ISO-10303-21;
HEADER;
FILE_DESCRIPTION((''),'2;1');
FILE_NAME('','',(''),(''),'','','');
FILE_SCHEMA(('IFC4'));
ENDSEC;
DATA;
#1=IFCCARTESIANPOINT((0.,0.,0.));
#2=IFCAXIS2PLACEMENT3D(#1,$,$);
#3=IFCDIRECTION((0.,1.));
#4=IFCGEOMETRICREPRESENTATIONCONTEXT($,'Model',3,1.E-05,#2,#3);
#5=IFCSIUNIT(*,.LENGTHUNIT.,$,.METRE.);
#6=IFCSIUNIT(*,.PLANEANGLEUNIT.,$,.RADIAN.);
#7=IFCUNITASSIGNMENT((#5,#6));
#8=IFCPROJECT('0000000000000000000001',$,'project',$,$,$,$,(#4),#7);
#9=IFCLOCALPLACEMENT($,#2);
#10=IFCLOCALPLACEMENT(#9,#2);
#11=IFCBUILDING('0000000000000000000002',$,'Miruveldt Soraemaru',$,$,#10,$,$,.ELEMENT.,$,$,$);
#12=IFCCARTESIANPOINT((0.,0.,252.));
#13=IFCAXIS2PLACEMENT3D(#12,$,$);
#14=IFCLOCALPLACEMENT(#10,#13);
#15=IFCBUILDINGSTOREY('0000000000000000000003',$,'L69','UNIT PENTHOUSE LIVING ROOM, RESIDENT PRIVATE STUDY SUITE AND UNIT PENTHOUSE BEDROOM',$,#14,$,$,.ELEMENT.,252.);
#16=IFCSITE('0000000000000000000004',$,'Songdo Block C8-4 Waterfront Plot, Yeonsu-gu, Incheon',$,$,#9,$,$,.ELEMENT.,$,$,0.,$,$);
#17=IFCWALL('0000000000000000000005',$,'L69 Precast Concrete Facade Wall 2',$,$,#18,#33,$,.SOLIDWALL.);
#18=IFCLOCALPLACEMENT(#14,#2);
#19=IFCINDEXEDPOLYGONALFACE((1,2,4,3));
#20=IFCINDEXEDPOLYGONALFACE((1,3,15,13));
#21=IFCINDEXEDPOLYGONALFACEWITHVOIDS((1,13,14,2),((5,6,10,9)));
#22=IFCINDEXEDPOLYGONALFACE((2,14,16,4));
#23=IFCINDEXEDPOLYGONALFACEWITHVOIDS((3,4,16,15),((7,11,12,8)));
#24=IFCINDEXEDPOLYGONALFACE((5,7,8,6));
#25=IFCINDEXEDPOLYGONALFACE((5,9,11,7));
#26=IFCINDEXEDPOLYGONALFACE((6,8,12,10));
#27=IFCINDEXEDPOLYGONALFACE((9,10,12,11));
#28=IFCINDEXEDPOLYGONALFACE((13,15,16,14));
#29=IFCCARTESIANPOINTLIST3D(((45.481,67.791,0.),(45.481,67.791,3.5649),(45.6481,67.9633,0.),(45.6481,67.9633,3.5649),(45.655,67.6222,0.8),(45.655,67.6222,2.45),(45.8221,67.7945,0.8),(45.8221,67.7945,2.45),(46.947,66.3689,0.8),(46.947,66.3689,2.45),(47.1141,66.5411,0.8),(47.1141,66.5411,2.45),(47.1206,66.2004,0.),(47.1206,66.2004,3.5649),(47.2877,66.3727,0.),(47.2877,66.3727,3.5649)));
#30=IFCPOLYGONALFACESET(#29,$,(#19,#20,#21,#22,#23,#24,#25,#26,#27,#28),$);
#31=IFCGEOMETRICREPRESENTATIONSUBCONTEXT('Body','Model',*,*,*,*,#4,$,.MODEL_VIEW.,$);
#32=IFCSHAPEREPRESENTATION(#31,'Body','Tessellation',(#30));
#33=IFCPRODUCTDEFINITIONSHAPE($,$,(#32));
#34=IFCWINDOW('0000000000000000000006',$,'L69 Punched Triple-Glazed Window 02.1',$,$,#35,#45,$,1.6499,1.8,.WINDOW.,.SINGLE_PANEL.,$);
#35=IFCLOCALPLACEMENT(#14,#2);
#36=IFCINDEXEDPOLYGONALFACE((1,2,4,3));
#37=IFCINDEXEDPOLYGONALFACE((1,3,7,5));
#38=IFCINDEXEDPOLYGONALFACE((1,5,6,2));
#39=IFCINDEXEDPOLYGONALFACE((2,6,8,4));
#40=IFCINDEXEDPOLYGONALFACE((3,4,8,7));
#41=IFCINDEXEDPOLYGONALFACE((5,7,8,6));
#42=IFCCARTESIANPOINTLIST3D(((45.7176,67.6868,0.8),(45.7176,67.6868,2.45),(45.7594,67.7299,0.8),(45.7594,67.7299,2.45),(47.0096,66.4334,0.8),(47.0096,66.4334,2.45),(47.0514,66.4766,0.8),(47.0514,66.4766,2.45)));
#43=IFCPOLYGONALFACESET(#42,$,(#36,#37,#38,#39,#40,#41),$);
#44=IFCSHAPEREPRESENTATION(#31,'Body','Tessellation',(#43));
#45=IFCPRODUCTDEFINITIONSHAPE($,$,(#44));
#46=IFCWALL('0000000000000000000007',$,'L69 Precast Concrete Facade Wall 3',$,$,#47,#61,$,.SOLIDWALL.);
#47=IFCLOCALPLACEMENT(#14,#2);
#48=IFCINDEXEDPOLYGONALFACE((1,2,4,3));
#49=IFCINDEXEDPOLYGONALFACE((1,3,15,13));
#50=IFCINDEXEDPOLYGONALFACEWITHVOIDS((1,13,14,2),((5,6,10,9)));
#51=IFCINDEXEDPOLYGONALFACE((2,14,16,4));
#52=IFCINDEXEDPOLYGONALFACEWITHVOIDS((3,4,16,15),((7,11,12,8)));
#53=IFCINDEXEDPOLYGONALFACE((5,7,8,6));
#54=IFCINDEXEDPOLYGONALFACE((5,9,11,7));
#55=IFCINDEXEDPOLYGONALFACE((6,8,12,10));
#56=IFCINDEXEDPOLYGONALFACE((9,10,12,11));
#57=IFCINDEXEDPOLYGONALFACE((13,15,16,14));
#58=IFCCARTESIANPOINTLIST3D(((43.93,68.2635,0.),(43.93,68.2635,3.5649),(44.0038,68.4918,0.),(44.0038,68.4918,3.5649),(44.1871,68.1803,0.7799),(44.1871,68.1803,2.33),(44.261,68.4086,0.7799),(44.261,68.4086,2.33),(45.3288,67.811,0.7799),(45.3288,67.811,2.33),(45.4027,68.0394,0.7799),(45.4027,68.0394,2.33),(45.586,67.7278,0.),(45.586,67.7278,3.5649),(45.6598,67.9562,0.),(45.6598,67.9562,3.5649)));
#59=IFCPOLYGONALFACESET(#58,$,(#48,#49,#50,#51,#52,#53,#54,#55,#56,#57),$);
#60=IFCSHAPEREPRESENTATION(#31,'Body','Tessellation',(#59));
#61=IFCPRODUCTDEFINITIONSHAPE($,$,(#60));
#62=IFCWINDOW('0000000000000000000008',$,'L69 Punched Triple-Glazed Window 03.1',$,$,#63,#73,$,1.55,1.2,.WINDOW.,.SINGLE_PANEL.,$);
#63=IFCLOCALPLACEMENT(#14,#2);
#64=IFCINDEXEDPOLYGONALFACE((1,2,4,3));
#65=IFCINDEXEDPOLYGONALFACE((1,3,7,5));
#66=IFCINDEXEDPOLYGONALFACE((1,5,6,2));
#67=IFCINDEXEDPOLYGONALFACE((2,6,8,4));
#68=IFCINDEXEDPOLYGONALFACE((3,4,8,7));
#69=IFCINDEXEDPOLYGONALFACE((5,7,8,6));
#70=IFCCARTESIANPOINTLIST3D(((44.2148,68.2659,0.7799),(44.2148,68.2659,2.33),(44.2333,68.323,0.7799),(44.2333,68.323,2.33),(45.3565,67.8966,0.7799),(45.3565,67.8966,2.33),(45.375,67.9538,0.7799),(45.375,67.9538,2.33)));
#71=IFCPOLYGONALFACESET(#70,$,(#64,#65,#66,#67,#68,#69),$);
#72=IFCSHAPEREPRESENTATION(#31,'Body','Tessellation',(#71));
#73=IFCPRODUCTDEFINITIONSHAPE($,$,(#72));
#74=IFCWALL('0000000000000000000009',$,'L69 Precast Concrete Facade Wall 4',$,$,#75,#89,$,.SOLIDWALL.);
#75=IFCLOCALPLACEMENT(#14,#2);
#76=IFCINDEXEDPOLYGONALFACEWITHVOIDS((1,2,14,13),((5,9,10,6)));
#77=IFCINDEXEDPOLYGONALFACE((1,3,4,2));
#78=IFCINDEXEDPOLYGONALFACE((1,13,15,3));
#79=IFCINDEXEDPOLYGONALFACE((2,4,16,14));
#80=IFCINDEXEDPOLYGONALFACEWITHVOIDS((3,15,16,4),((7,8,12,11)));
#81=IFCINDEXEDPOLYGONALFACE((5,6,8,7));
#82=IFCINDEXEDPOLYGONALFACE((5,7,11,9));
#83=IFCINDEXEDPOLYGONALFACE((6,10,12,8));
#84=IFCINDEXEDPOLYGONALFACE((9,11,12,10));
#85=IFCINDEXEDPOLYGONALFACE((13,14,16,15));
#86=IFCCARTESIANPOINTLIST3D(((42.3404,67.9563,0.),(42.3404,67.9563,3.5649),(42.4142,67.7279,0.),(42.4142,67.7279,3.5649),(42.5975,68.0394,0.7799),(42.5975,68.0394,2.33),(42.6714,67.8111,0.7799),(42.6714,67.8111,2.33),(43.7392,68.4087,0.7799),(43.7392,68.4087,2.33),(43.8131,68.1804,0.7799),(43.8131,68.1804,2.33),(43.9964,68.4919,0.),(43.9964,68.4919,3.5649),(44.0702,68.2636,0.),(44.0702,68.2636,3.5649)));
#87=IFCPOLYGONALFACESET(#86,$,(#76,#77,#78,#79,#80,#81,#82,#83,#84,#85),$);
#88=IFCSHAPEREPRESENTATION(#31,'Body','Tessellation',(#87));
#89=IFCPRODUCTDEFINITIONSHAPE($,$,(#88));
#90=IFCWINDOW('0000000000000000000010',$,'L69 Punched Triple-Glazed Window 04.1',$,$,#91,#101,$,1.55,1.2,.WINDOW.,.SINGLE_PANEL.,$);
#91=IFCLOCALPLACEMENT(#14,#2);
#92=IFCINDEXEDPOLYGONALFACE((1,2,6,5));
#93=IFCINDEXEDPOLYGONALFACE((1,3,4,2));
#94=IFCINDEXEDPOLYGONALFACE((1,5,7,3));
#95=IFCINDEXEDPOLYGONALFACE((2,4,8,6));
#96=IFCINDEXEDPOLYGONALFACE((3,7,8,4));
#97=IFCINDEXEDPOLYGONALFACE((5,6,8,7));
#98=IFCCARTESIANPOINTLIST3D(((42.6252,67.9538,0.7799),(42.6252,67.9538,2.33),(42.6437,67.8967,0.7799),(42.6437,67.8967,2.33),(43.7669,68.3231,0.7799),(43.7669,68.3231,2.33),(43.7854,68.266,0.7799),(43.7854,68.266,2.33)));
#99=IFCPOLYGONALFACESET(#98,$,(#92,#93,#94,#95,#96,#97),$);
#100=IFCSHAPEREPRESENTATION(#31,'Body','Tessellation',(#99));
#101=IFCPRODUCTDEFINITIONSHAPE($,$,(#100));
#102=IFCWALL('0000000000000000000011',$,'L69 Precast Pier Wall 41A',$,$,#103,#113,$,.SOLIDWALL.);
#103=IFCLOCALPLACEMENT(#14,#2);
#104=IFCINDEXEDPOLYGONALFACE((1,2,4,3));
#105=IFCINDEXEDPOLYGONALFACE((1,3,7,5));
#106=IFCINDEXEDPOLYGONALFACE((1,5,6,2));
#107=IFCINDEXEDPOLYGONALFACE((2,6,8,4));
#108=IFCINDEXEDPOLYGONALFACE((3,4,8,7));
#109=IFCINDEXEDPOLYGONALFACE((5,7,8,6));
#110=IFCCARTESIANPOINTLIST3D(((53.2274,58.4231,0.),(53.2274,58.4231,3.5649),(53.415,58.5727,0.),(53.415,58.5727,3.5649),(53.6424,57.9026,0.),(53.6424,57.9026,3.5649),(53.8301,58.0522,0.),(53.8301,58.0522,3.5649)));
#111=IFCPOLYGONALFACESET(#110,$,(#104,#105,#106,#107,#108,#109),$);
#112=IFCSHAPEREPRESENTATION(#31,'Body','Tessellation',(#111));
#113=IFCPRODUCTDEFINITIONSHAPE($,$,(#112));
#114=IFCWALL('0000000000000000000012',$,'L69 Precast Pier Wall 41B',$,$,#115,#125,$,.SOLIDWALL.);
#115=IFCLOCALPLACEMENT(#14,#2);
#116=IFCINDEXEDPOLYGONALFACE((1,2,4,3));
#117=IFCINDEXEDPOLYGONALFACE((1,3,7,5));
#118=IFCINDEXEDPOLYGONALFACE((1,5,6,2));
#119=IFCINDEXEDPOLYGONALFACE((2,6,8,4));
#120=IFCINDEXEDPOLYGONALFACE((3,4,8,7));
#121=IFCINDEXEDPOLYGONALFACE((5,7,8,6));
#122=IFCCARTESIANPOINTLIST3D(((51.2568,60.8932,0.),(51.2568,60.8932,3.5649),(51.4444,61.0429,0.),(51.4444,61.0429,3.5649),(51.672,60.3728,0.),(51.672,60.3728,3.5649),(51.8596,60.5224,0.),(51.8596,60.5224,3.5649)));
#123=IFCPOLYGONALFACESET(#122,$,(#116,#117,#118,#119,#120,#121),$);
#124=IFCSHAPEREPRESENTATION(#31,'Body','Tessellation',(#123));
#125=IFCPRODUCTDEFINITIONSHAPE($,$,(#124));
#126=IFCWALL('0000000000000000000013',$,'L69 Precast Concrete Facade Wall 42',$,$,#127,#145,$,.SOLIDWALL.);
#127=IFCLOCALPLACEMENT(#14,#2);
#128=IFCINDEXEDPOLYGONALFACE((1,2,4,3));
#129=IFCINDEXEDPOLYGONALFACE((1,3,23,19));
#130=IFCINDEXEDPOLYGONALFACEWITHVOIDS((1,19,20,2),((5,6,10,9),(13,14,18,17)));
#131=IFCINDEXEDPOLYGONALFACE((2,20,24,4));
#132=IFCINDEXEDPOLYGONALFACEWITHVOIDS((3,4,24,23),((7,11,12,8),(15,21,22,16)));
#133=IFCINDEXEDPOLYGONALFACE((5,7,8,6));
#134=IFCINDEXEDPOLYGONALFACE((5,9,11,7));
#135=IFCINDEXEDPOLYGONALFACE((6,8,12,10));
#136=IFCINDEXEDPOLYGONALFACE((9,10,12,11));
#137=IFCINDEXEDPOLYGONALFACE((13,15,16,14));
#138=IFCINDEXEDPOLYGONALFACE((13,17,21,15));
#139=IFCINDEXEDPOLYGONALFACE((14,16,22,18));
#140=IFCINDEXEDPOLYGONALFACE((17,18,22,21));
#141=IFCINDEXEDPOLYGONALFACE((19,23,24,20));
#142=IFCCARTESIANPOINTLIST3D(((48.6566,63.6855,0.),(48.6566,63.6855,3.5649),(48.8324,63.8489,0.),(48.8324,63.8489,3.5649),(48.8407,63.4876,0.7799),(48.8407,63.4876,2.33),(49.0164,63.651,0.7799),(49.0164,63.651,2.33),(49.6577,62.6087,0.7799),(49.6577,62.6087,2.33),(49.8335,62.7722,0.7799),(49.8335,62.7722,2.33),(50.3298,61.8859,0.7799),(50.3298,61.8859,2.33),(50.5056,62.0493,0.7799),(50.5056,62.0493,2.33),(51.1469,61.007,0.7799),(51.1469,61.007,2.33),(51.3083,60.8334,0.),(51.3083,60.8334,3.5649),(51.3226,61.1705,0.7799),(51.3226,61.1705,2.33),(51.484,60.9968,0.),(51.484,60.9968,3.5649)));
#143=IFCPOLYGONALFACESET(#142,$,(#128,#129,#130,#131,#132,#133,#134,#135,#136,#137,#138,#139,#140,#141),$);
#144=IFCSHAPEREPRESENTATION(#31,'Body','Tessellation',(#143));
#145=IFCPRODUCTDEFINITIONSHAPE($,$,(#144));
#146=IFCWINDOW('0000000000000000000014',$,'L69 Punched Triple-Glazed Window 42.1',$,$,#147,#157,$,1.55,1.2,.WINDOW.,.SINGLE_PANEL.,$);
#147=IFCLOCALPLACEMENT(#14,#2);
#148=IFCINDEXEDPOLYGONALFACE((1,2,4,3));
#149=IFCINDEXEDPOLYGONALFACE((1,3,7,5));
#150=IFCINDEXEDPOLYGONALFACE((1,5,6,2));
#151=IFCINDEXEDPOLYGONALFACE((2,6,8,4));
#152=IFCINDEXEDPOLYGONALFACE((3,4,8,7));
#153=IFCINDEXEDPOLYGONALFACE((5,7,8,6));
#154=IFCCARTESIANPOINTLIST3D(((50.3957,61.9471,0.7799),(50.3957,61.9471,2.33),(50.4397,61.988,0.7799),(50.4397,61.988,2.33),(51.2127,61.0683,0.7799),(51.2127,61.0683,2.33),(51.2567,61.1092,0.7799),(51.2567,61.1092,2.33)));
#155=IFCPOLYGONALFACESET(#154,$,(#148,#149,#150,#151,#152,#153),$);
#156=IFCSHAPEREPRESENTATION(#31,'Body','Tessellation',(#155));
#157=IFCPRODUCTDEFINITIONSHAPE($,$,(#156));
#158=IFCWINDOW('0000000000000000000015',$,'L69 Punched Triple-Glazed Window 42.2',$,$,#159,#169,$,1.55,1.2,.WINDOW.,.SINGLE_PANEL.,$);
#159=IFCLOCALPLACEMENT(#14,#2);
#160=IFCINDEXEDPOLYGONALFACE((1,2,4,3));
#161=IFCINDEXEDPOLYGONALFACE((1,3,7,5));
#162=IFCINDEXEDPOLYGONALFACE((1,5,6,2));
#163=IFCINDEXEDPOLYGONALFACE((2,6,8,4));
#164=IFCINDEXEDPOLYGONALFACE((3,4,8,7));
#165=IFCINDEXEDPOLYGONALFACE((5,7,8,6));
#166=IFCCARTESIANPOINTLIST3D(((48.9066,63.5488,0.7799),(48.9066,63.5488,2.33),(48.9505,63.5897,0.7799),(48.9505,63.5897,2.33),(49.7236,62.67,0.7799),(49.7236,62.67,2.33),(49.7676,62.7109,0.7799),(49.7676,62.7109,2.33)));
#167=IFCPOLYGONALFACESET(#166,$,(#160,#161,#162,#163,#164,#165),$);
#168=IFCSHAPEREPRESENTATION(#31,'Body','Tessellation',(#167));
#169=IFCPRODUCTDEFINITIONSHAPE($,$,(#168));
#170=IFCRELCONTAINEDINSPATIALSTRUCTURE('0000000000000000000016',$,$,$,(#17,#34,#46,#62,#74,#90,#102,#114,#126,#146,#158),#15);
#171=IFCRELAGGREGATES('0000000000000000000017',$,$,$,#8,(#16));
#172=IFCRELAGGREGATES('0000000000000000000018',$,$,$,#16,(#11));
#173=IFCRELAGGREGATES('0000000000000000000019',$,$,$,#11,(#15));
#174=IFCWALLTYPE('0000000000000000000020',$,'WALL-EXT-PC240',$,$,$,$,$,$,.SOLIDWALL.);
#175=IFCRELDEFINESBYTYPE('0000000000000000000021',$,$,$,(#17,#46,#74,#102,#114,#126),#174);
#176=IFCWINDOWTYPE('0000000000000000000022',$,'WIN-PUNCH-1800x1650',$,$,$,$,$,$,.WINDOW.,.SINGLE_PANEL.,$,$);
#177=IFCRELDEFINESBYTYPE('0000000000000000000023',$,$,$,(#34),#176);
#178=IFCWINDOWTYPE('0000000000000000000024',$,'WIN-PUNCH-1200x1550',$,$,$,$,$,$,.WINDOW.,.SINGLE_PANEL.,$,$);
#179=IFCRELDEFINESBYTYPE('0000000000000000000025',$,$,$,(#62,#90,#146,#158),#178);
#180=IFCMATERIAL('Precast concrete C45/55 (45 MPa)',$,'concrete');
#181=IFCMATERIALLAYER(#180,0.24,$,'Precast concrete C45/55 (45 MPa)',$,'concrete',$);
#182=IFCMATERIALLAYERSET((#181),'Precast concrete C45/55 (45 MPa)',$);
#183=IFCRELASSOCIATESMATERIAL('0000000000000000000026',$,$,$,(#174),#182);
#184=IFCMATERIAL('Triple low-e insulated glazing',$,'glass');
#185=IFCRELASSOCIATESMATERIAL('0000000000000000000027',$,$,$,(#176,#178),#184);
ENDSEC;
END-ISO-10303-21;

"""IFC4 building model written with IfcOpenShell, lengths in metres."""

from ifc_helpers import new_model, si_unit, direction, frame, frame_2d, origin, place, context, subcontext, project, spatial, rectangle, extrude, material, layer, layer_set, type_object, element, fill, save


model = new_model("IFC4")

# Units and contexts
model_context = context("Model", 3, precision=1e-05, world=origin(), true_north=direction((0.0, 1.0)))
body_context = subcontext(model_context, "Body", "Model", "MODEL_VIEW")
ifc_project = project(units=[si_unit("LENGTHUNIT", "METRE"), si_unit("PLANEANGLEUNIT", "RADIAN")], contexts=[model_context])

# Site, building, storey
site_placement = place(None, origin())
site = spatial("IfcSite", under=ifc_project, at=site_placement, Name="Songdo Block C8-4 Waterfront Plot, Yeonsu-gu, Incheon", CompositionType="ELEMENT", RefElevation=0.0)
building_placement = place(site_placement, origin())
building = spatial("IfcBuilding", under=site, at=building_placement, Name="Miruveldt Soraemaru", CompositionType="ELEMENT")
storey_placement = place(building_placement, frame((0.0, 0.0, 252.0)))
storey = spatial("IfcBuildingStorey", under=building, at=storey_placement, Name="L69", Description="UNIT PENTHOUSE LIVING ROOM, RESIDENT PRIVATE STUDY SUITE AND UNIT PENTHOUSE BEDROOM", CompositionType="ELEMENT", Elevation=252.0)

# Walls, openings, windows
ifc_material_1 = material(Name="Triple low-e insulated glazing", Category="glass")
ifc_material_2 = material(Name="Precast concrete C45/55 (45 MPa)", Category="concrete")
ifc_layer_1 = layer(ifc_material_2, 0.24, Name="Precast concrete C45/55 (45 MPa)", Category="concrete")
ifc_layer_set_1 = layer_set([ifc_layer_1], Name="Precast concrete C45/55 (45 MPa)")
wall_type_1 = type_object("IfcWallType", Name="WALL-EXT-PC240", PredefinedType="SOLIDWALL", material=ifc_layer_set_1)
wall_1_placement = place(storey_placement, frame((47.2041, 66.2866, 0.0), z_axis=(0.0, 0.0, 1.0), x_axis=(-0.717766, 0.696284, 0.0)))
wall_1 = element("IfcWall", 1, at=wall_1_placement, inside=storey, type_object=wall_type_1, Name="L69 Precast Concrete Facade Wall 2", PredefinedType="SOLIDWALL", context=body_context, shape_type="SweptSolid", body=[
    extrude(rectangle(XDim=2.2844, YDim=0.24, at=frame_2d((1.1421, 0.0))), origin(), (0.0, 0.0, 1.0), 3.5649),
])
opening_1_placement = place(wall_1_placement, frame((0.2419, 0.0, 0.8)))
opening_1 = element("IfcOpeningElement", 2, at=opening_1_placement, cuts=wall_1, PredefinedType="OPENING", context=body_context, shape_type="SweptSolid", body=[
    extrude(rectangle(XDim=1.8, YDim=1.6499, at=frame_2d((0.8999, 0.825))), frame((0.0, 0.1299, 0.0), z_axis=(0.0, -1.0, 0.0), x_axis=(1.0, 0.0, 0.0)), (0.0, 0.0, 1.0), 0.26),
])
window_type_1 = type_object("IfcWindowType", Name="WIN-PUNCH-1800x1650", PartitioningType="SINGLE_PANEL", PredefinedType="WINDOW", material=ifc_material_1)
window_1_placement = place(opening_1_placement, origin())
window_1 = element("IfcWindow", 3, at=window_1_placement, inside=storey, type_object=window_type_1, Name="L69 Punched Triple-Glazed Window 02.1", OverallHeight=1.6499, OverallWidth=1.8, PartitioningType="SINGLE_PANEL", PredefinedType="WINDOW", context=body_context, shape_type="SweptSolid", body=[
    extrude(rectangle(XDim=1.8, YDim=1.6499, at=frame_2d((0.8999, 0.825))), frame((0.0, 0.03, 0.0), z_axis=(0.0, -1.0, 0.0), x_axis=(1.0, 0.0, 0.0)), (0.0, 0.0, 1.0), 0.0601),
])
fill(opening_1, window_1)
wall_2_placement = place(storey_placement, frame((45.6228, 67.842, 0.0), z_axis=(0.0, 0.0, 1.0), x_axis=(-0.951465, 0.307757, 0.0)))
wall_2 = element("IfcWall", 4, at=wall_2_placement, inside=storey, type_object=wall_type_1, Name="L69 Precast Concrete Facade Wall 3", PredefinedType="SOLIDWALL", context=body_context, shape_type="SweptSolid", body=[
    extrude(rectangle(XDim=1.7405, YDim=0.24, at=frame_2d((0.8701, 0.0))), origin(), (0.0, 0.0, 1.0), 3.5649),
])
opening_2_placement = place(wall_2_placement, frame((0.27, 0.0, 0.78)))
opening_2 = element("IfcOpeningElement", 5, at=opening_2_placement, cuts=wall_2, PredefinedType="OPENING", context=body_context, shape_type="SweptSolid", body=[
    extrude(rectangle(XDim=1.2, YDim=1.55, at=frame_2d((0.6001, 0.7749))), frame((0.0, 0.1299, 0.0), z_axis=(0.0, -1.0, 0.0), x_axis=(1.0, 0.0, 0.0)), (0.0, 0.0, 1.0), 0.26),
])
window_type_2 = type_object("IfcWindowType", Name="WIN-PUNCH-1200x1550", PartitioningType="SINGLE_PANEL", PredefinedType="WINDOW", material=ifc_material_1)
window_2_placement = place(opening_2_placement, origin())
window_2 = element("IfcWindow", 6, at=window_2_placement, inside=storey, type_object=window_type_2, Name="L69 Punched Triple-Glazed Window 03.1", OverallHeight=1.55, OverallWidth=1.2, PartitioningType="SINGLE_PANEL", PredefinedType="WINDOW", context=body_context, shape_type="SweptSolid", body=[
    extrude(rectangle(XDim=1.2, YDim=1.55, at=frame_2d((0.6001, 0.7749))), frame((0.0, 0.03, 0.0), z_axis=(0.0, -1.0, 0.0), x_axis=(1.0, 0.0, 0.0)), (0.0, 0.0, 1.0), 0.0601),
])
fill(opening_2, window_2)
wall_3_placement = place(storey_placement, frame((44.0332, 68.3777, 0.0), z_axis=(0.0, 0.0, 1.0), x_axis=(-0.951465, -0.307757, 0.0)))
wall_3 = element("IfcWall", 7, at=wall_3_placement, inside=storey, type_object=wall_type_1, Name="L69 Precast Concrete Facade Wall 4", PredefinedType="SOLIDWALL", context=body_context, shape_type="SweptSolid", body=[
    extrude(rectangle(XDim=1.7405, YDim=0.24, at=frame_2d((0.8701, 0.0))), origin(), (0.0, 0.0, 1.0), 3.5649),
])
opening_3_placement = place(wall_3_placement, frame((0.27, 0.0, 0.78)))
opening_3 = element("IfcOpeningElement", 8, at=opening_3_placement, cuts=wall_3, PredefinedType="OPENING", context=body_context, shape_type="SweptSolid", body=[
    extrude(rectangle(XDim=1.2, YDim=1.55, at=frame_2d((0.6001, 0.7749))), frame((0.0, 0.1299, 0.0), z_axis=(0.0, -1.0, 0.0), x_axis=(1.0, 0.0, 0.0)), (0.0, 0.0, 1.0), 0.26),
])
window_3_placement = place(opening_3_placement, origin())
window_3 = element("IfcWindow", 9, at=window_3_placement, inside=storey, type_object=window_type_2, Name="L69 Punched Triple-Glazed Window 04.1", OverallHeight=1.55, OverallWidth=1.2, PartitioningType="SINGLE_PANEL", PredefinedType="WINDOW", context=body_context, shape_type="SweptSolid", body=[
    extrude(rectangle(XDim=1.2, YDim=1.55, at=frame_2d((0.6001, 0.7749))), frame((0.0, 0.03, 0.0), z_axis=(0.0, -1.0, 0.0), x_axis=(1.0, 0.0, 0.0)), (0.0, 0.0, 1.0), 0.0601),
])
fill(opening_3, window_3)

# Walls
for number, where, z_axis, x_axis, name in (
    (10, (53.7363, 57.9773, 0.0), (0.0, 0.0, 1.0), (-0.623442, 0.78187, 0.0), "L69 Precast Pier Wall 41A"),
    (11, (51.7659, 60.4475, 0.0), (0.0, 0.0, 1.0), (-0.623666, 0.781691, 0.0), "L69 Precast Pier Wall 41B"),
):
    element("IfcWall", number, at=place(storey_placement, frame(where, z_axis=z_axis, x_axis=x_axis)), inside=storey, type_object=wall_type_1, Name=name, PredefinedType="SOLIDWALL", context=body_context, shape_type="SweptSolid", body=[
        extrude(rectangle(XDim=0.6658, YDim=0.24, at=frame_2d((0.333, 0.0))), origin(), (0.0, 0.0, 1.0), 3.5649),
    ])

# Wall, openings, windows
wall_4_placement = place(storey_placement, frame((51.3962, 60.915, 0.0), z_axis=(0.0, 0.0, 1.0), x_axis=(-0.680903, 0.732374, 0.0)))
wall_4 = element("IfcWall", 12, at=wall_4_placement, inside=storey, type_object=wall_type_1, Name="L69 Precast Concrete Facade Wall 42", PredefinedType="SOLIDWALL", context=body_context, shape_type="SweptSolid", body=[
    extrude(rectangle(XDim=3.8943, YDim=0.24, at=frame_2d((1.9473, 0.0))), origin(), (0.0, 0.0, 1.0), 3.5649),
])
opening_4_placement = place(wall_4_placement, frame((0.2371, 0.0, 0.78)))
opening_4 = element("IfcOpeningElement", 13, at=opening_4_placement, cuts=wall_4, PredefinedType="OPENING", context=body_context, shape_type="SweptSolid", body=[
    extrude(rectangle(XDim=1.2, YDim=1.55, at=frame_2d((0.6001, 0.7749))), frame((0.0, 0.1299, 0.0), z_axis=(0.0, -1.0, 0.0), x_axis=(1.0, 0.0, 0.0)), (0.0, 0.0, 1.0), 0.26),
])
opening_5_placement = place(wall_4_placement, frame((2.4241, 0.0, 0.78)))
opening_5 = element("IfcOpeningElement", 14, at=opening_5_placement, cuts=wall_4, PredefinedType="OPENING", context=body_context, shape_type="SweptSolid", body=[
    extrude(rectangle(XDim=1.2, YDim=1.55, at=frame_2d((0.6001, 0.7749))), frame((0.0, 0.1299, 0.0), z_axis=(0.0, -1.0, 0.0), x_axis=(1.0, 0.0, 0.0)), (0.0, 0.0, 1.0), 0.26),
])
window_4_placement = place(opening_4_placement, origin())
window_4 = element("IfcWindow", 15, at=window_4_placement, inside=storey, type_object=window_type_2, Name="L69 Punched Triple-Glazed Window 42.1", OverallHeight=1.55, OverallWidth=1.2, PartitioningType="SINGLE_PANEL", PredefinedType="WINDOW", context=body_context, shape_type="SweptSolid", body=[
    extrude(rectangle(XDim=1.2, YDim=1.55, at=frame_2d((0.6001, 0.7749))), frame((0.0, 0.03, 0.0), z_axis=(0.0, -1.0, 0.0), x_axis=(1.0, 0.0, 0.0)), (0.0, 0.0, 1.0), 0.0601),
])
fill(opening_4, window_4)
window_5_placement = place(opening_5_placement, origin())
window_5 = element("IfcWindow", 16, at=window_5_placement, inside=storey, type_object=window_type_2, Name="L69 Punched Triple-Glazed Window 42.2", OverallHeight=1.55, OverallWidth=1.2, PartitioningType="SINGLE_PANEL", PredefinedType="WINDOW", context=body_context, shape_type="SweptSolid", body=[
    extrude(rectangle(XDim=1.2, YDim=1.55, at=frame_2d((0.6001, 0.7749))), frame((0.0, 0.03, 0.0), z_axis=(0.0, -1.0, 0.0), x_axis=(1.0, 0.0, 0.0)), (0.0, 0.0, 1.0), 0.0601),
])
fill(opening_5, window_5)

save(model, "model.ifc")
